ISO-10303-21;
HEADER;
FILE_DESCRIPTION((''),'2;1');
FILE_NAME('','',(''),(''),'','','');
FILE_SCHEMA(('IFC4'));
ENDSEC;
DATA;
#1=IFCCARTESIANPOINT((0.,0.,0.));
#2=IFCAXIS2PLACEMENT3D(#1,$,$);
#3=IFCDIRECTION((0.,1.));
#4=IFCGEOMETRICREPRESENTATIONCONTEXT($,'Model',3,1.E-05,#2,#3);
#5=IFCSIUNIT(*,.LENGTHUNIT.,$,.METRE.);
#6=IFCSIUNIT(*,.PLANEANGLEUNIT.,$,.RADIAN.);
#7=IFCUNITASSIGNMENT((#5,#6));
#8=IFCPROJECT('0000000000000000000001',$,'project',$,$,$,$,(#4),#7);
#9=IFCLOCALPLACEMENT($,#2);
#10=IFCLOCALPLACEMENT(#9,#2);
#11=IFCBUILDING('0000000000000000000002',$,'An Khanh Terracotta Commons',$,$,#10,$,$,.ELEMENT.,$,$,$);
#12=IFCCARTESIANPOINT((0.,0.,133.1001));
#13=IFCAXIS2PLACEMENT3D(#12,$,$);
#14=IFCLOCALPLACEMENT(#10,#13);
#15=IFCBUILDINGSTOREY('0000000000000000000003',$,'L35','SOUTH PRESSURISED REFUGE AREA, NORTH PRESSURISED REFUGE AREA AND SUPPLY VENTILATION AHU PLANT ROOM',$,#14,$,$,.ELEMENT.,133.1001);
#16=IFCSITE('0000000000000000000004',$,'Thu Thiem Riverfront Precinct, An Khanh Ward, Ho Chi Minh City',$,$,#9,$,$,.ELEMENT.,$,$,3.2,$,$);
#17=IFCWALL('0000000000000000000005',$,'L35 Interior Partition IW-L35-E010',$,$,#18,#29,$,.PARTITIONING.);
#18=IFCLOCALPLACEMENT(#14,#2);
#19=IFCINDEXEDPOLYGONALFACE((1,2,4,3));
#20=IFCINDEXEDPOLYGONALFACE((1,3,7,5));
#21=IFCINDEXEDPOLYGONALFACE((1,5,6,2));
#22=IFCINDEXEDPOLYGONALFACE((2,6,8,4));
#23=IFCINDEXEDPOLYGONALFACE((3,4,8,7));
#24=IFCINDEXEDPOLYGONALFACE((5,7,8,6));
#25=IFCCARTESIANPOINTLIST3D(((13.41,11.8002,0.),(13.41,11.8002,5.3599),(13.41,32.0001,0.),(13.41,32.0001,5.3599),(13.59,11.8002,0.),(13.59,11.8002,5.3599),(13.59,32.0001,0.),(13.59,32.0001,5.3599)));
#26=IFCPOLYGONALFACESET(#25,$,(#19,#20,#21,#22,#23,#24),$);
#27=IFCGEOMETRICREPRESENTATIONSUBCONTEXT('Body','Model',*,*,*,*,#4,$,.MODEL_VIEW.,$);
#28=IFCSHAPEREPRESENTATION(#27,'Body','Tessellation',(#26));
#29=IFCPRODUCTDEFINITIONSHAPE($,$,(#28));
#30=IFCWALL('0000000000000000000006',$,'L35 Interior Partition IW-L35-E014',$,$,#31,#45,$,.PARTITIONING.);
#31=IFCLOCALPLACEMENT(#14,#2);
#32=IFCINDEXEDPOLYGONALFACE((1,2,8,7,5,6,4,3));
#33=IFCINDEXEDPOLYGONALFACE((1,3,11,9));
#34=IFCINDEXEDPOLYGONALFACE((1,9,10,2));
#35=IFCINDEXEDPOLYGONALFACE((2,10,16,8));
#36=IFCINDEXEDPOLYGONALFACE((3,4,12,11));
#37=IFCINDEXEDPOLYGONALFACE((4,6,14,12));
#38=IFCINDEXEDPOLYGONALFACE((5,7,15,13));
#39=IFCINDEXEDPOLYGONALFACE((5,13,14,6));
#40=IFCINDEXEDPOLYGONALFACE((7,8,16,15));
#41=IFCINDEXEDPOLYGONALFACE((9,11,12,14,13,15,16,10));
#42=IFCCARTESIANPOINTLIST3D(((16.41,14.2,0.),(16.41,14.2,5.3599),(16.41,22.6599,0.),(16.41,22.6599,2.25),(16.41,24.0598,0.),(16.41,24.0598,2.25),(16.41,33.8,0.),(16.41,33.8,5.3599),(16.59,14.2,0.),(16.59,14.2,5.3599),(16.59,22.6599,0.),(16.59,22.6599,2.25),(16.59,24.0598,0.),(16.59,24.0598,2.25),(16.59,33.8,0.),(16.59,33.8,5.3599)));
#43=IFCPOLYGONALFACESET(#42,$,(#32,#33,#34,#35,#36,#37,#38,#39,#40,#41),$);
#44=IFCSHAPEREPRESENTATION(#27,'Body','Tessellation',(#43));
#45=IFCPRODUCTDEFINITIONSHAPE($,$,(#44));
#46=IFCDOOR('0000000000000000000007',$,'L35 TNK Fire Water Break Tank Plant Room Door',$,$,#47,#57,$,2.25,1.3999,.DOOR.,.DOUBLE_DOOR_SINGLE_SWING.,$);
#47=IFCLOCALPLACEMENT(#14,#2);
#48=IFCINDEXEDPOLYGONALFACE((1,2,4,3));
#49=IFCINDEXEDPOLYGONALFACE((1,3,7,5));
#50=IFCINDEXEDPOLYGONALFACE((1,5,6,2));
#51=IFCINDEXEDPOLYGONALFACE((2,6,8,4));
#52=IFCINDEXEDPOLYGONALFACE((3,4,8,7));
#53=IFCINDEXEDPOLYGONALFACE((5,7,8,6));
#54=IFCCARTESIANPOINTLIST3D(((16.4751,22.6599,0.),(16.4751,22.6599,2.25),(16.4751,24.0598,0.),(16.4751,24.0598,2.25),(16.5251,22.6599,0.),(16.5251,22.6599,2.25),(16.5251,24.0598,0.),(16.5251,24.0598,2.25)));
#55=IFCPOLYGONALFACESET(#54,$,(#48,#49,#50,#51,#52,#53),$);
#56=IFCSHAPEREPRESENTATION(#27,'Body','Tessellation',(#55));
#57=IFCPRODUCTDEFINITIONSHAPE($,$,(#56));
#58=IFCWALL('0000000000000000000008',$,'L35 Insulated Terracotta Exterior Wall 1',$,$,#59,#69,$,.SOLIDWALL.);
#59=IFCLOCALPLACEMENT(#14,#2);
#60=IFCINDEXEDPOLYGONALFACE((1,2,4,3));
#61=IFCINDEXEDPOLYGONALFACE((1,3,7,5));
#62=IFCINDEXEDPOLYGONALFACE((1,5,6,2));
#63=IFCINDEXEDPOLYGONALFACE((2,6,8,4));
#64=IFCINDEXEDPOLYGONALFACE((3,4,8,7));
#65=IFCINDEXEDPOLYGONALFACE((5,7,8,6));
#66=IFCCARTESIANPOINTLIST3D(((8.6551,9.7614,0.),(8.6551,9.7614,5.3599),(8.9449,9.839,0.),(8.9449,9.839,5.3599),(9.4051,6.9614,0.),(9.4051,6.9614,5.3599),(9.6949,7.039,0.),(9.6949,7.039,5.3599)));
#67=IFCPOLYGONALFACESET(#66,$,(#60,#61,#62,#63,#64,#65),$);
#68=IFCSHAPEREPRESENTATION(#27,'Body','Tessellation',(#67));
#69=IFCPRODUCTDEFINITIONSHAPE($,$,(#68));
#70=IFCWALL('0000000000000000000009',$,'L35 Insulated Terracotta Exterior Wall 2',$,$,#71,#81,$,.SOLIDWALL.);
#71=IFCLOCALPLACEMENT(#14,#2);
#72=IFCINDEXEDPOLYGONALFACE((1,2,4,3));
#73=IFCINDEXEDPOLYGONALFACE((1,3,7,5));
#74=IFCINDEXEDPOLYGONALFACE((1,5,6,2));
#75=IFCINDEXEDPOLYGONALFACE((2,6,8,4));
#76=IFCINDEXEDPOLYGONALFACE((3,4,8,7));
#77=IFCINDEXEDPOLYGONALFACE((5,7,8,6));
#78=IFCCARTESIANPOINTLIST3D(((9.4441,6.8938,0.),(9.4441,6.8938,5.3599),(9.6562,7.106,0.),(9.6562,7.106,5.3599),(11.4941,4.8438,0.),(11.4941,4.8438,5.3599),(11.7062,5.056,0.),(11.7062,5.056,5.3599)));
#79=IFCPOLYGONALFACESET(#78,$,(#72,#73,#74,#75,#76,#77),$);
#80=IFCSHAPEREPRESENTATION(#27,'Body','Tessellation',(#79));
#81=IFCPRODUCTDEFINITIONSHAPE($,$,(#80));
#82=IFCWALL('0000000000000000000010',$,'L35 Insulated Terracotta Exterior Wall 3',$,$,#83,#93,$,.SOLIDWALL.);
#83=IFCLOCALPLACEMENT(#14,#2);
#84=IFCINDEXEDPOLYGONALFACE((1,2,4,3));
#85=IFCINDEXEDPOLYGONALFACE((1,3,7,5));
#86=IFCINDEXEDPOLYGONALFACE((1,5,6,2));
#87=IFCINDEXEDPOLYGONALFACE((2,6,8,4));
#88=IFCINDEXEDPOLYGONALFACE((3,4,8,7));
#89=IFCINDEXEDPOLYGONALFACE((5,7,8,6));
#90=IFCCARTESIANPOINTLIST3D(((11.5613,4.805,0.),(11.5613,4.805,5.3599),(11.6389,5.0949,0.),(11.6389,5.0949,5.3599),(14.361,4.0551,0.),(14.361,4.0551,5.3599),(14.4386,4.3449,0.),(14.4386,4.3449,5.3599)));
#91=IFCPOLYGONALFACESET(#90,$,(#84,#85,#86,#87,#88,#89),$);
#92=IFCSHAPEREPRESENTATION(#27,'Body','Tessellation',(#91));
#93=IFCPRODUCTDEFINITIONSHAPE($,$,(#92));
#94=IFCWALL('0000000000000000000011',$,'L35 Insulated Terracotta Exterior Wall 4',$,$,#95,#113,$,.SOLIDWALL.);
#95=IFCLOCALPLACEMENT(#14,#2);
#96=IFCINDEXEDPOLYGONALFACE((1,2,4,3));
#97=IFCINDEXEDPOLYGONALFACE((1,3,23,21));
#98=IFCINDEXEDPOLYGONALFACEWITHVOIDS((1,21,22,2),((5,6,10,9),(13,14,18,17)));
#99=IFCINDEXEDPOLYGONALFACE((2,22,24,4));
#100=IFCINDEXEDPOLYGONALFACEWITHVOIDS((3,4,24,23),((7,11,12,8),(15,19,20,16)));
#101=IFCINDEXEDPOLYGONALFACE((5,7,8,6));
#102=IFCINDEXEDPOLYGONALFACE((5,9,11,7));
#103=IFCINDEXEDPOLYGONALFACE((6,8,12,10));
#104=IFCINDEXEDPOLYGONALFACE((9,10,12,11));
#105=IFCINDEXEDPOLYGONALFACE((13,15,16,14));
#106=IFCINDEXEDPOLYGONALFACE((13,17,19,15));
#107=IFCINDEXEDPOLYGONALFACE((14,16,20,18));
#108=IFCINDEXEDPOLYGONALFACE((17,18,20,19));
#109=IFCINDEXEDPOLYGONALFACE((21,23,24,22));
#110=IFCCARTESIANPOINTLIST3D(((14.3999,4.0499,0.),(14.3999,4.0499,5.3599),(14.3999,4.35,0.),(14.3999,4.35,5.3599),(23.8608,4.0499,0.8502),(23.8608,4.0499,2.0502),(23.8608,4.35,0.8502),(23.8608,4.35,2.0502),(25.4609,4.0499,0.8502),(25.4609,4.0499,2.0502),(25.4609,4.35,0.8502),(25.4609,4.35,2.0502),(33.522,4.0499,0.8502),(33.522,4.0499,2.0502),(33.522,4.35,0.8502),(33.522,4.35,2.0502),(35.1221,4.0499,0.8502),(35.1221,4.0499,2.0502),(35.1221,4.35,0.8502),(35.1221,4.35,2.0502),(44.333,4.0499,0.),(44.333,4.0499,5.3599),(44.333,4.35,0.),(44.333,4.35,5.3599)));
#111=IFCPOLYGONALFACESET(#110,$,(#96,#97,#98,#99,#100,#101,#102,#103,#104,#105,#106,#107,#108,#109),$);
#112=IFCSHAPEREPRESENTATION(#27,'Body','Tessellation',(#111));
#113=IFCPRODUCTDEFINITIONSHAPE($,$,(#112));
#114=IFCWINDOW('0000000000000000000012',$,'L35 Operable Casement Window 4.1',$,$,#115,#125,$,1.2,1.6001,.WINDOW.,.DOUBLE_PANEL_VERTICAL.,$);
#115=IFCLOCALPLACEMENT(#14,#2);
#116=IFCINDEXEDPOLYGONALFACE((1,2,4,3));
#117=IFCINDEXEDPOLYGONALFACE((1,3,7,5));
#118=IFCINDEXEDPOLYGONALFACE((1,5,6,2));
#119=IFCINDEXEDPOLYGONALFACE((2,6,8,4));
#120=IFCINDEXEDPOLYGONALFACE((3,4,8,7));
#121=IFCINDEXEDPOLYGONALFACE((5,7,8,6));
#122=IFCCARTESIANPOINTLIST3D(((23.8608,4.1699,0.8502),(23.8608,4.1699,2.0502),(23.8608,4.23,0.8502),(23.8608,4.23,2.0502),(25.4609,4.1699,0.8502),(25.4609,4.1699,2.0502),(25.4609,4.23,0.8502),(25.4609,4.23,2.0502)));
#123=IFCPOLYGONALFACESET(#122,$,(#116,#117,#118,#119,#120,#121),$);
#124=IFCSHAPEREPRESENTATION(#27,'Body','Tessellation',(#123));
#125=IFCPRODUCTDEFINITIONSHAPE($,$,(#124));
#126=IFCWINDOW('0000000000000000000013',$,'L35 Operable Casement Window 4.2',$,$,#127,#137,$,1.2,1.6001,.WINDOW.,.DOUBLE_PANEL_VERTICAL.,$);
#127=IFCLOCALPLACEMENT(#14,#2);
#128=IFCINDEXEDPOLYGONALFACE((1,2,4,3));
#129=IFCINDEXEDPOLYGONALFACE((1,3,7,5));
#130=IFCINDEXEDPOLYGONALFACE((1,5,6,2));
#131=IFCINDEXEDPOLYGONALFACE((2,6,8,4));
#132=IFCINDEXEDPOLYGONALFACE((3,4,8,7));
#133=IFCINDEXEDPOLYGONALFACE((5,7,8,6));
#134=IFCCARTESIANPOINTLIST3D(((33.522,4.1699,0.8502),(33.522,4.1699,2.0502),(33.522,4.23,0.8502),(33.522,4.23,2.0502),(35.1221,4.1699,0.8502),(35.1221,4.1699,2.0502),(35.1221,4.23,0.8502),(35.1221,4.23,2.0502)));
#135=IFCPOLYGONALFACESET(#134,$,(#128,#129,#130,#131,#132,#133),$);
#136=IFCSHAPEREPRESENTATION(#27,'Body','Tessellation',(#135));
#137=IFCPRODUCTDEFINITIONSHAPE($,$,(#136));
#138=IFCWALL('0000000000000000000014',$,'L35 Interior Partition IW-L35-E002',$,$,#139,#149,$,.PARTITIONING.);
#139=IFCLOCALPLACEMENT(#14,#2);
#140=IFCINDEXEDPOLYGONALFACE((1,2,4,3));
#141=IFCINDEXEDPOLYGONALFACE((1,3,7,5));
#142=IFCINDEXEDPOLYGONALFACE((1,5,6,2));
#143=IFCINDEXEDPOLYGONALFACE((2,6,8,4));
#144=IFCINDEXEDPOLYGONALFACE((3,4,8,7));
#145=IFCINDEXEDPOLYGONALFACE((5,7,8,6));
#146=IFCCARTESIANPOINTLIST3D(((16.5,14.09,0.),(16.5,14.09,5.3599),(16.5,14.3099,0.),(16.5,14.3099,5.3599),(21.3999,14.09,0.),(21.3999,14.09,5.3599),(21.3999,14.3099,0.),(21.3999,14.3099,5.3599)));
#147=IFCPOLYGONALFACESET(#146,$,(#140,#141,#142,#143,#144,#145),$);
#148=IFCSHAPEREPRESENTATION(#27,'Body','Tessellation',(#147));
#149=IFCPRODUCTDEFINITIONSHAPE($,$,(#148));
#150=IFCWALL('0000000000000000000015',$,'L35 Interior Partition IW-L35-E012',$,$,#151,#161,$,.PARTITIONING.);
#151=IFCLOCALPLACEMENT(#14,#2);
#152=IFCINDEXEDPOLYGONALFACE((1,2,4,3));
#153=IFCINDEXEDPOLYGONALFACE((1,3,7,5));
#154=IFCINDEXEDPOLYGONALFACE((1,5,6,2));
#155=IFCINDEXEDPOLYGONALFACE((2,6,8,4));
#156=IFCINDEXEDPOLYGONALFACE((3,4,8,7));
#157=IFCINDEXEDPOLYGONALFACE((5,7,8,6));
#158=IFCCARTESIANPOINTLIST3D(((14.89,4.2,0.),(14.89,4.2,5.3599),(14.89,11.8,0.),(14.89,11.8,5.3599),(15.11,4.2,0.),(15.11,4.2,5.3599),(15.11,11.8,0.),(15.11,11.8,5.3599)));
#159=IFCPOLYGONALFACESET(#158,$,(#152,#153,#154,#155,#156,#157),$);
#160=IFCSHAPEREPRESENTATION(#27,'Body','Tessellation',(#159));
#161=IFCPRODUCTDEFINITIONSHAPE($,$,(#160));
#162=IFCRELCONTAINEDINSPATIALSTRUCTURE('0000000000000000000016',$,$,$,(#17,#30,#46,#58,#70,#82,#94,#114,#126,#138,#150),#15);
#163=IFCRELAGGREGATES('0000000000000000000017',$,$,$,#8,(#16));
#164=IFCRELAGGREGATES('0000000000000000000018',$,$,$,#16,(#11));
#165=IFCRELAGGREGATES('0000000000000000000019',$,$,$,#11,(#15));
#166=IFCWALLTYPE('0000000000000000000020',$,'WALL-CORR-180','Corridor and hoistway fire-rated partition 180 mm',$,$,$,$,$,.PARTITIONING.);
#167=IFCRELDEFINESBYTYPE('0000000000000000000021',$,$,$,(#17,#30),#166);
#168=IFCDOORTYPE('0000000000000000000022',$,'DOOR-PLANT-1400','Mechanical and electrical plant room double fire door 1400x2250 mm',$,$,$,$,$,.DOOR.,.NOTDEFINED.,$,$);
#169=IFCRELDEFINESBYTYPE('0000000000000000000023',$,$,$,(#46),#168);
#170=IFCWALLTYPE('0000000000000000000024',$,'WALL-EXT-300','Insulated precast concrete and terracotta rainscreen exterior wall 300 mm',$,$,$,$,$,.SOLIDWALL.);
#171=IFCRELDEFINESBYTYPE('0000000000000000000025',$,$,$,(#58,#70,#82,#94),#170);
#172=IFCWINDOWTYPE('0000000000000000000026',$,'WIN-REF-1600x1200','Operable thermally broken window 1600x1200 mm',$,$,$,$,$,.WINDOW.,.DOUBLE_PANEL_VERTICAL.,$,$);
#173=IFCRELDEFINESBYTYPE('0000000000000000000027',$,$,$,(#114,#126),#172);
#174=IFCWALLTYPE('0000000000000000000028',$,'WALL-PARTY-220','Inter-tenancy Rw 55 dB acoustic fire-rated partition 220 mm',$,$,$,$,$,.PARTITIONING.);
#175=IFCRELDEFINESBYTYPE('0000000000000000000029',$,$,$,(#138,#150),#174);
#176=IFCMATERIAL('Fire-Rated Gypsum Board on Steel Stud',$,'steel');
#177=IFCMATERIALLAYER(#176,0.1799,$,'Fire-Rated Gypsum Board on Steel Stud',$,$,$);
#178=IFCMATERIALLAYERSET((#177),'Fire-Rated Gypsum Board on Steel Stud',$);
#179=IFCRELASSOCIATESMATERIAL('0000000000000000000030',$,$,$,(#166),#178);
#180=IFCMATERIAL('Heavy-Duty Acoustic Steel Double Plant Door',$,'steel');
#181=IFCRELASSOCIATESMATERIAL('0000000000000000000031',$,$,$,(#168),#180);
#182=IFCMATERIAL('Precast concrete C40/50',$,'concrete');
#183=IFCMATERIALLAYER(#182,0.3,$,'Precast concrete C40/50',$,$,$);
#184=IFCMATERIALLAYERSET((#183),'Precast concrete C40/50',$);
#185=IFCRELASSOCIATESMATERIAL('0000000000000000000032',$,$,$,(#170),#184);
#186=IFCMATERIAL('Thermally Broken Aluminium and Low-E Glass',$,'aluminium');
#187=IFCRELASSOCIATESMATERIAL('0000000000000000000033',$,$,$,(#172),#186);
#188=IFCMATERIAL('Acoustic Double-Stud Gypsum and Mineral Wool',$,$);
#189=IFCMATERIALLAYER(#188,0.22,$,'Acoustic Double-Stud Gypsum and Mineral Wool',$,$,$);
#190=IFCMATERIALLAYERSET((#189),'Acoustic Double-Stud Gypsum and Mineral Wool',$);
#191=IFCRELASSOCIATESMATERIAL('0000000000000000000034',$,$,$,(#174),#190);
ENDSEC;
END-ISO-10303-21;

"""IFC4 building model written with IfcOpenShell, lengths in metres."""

from ifc_helpers import new_model, si_unit, direction, frame, frame_2d, origin, place, context, subcontext, project, spatial, rectangle, extrude, material, layer, layer_set, type_object, element, fill, save


model = new_model("IFC4")

# Units and contexts
model_context = context("Model", 3, precision=1e-05, world=origin(), true_north=direction((0.0, 1.0)))
body_context = subcontext(model_context, "Body", "Model", "MODEL_VIEW")
ifc_project = project(units=[si_unit("LENGTHUNIT", "METRE"), si_unit("PLANEANGLEUNIT", "RADIAN")], contexts=[model_context])

# Site, building, storey
site_placement = place(None, origin())
site = spatial("IfcSite", under=ifc_project, at=site_placement, Name="Thu Thiem Riverfront Precinct, An Khanh Ward, Ho Chi Minh City", CompositionType="ELEMENT", RefElevation=3.2)
building_placement = place(site_placement, origin())
building = spatial("IfcBuilding", under=site, at=building_placement, Name="An Khanh Terracotta Commons", CompositionType="ELEMENT")
storey_placement = place(building_placement, frame((0.0, 0.0, 133.1001)))
storey = spatial("IfcBuildingStorey", under=building, at=storey_placement, Name="L35", Description="SOUTH PRESSURISED REFUGE AREA, NORTH PRESSURISED REFUGE AREA AND SUPPLY VENTILATION AHU PLANT ROOM", CompositionType="ELEMENT", Elevation=133.1001)

# Shared definitions
ifc_material_1 = material(Name="Precast concrete C40/50", Category="concrete")

# Shared definitions
ifc_material_2 = material(Name="Fire-Rated Gypsum Board on Steel Stud", Category="steel")
ifc_layer_1 = layer(ifc_material_2, 0.1799, Name="Fire-Rated Gypsum Board on Steel Stud")
ifc_layer_set_1 = layer_set([ifc_layer_1], Name="Fire-Rated Gypsum Board on Steel Stud")
wall_type_1 = type_object("IfcWallType", Name="WALL-CORR-180", Description="Corridor and hoistway fire-rated partition 180 mm", PredefinedType="PARTITIONING", material=ifc_layer_set_1)

# Shared definitions
ifc_material_3 = material(Name="Heavy-Duty Acoustic Steel Double Plant Door", Category="steel")
door_type = type_object("IfcDoorType", Name="DOOR-PLANT-1400", Description="Mechanical and electrical plant room double fire door 1400x2250 mm", OperationType="NOTDEFINED", PredefinedType="DOOR", material=ifc_material_3)

# Wall
wall_1_placement = place(storey_placement, frame((13.5, 11.8, 0.0), z_axis=(0.0, 0.0, 1.0), x_axis=(0.0, 1.0, 0.0)))
element("IfcWall", 1, at=wall_1_placement, inside=storey, type_object=wall_type_1, Name="L35 Interior Partition IW-L35-E010", PredefinedType="PARTITIONING", context=body_context, shape_type="SweptSolid", body=[
    extrude(rectangle(XDim=20.2, YDim=0.1799, at=frame_2d((10.1001, 0.0))), origin(), (0.0, 0.0, 1.0), 5.3599),
])

# Wall, opening, door
wall_2_placement = place(storey_placement, frame((16.5, 14.2, 0.0), z_axis=(0.0, 0.0, 1.0), x_axis=(0.0, 1.0, 0.0)))
wall_2 = element("IfcWall", 2, at=wall_2_placement, inside=storey, type_object=wall_type_1, Name="L35 Interior Partition IW-L35-E014", PredefinedType="PARTITIONING", context=body_context, shape_type="SweptSolid", body=[
    extrude(rectangle(XDim=19.6001, YDim=0.1799, at=frame_2d((9.8, 0.0))), origin(), (0.0, 0.0, 1.0), 5.3599),
])
opening_1_placement = place(wall_2_placement, frame((8.46, 0.0, 0.0)))
opening_1 = element("IfcOpeningElement", 3, at=opening_1_placement, cuts=wall_2, PredefinedType="OPENING", context=body_context, shape_type="SweptSolid", body=[
    extrude(rectangle(XDim=1.3999, YDim=2.25, at=frame_2d((0.7, 1.125))), frame((0.0, 0.0999, 0.0), z_axis=(0.0, -1.0, 0.0), x_axis=(1.0, 0.0, 0.0)), (0.0, 0.0, 1.0), 0.2),
])
door_1_placement = place(opening_1_placement, origin())
door_1 = element("IfcDoor", 4, at=door_1_placement, inside=storey, type_object=door_type, Name="L35 TNK Fire Water Break Tank Plant Room Door", OperationType="DOUBLE_DOOR_SINGLE_SWING", OverallHeight=2.25, OverallWidth=1.3999, PredefinedType="DOOR", context=body_context, shape_type="SweptSolid", body=[
    extrude(rectangle(XDim=1.3999, YDim=2.25, at=frame_2d((0.7, 1.125))), frame((0.0, 0.0249, 0.0), z_axis=(0.0, -1.0, 0.0), x_axis=(1.0, 0.0, 0.0)), (0.0, 0.0, 1.0), 0.05),
])
fill(opening_1, door_1)

# Walls
ifc_layer_2 = layer(ifc_material_1, 0.3, Name="Precast concrete C40/50")
ifc_layer_set_2 = layer_set([ifc_layer_2], Name="Precast concrete C40/50")
wall_type_2 = type_object("IfcWallType", Name="WALL-EXT-300", Description="Insulated precast concrete and terracotta rainscreen exterior wall 300 mm", PredefinedType="SOLIDWALL", material=ifc_layer_set_2)
wall_3_placement = place(storey_placement, frame((8.8, 9.8, 0.0), z_axis=(0.0, 0.0, 1.0), x_axis=(0.258732, -0.965949, 0.0)))
element("IfcWall", 5, at=wall_3_placement, inside=storey, type_object=wall_type_2, Name="L35 Insulated Terracotta Exterior Wall 1", PredefinedType="SOLIDWALL", context=body_context, shape_type="SweptSolid", body=[
    extrude(rectangle(XDim=2.8987, YDim=0.3, at=frame_2d((1.4492, 0.0))), origin(), (0.0, 0.0, 1.0), 5.3599),
])
wall_4_placement = place(storey_placement, frame((9.55, 7.0, 0.0), z_axis=(0.0, 0.0, 1.0), x_axis=(0.707107, -0.707107, 0.0)))
element("IfcWall", 6, at=wall_4_placement, inside=storey, type_object=wall_type_2, Name="L35 Insulated Terracotta Exterior Wall 2", PredefinedType="SOLIDWALL", context=body_context, shape_type="SweptSolid", body=[
    extrude(rectangle(XDim=2.8992, YDim=0.3, at=frame_2d((1.4497, 0.0))), origin(), (0.0, 0.0, 1.0), 5.3599),
])
wall_5_placement = place(storey_placement, frame((11.6001, 4.95, 0.0), z_axis=(0.0, 0.0, 1.0), x_axis=(0.965944, -0.258753, 0.0)))
element("IfcWall", 7, at=wall_5_placement, inside=storey, type_object=wall_type_2, Name="L35 Insulated Terracotta Exterior Wall 3", PredefinedType="SOLIDWALL", context=body_context, shape_type="SweptSolid", body=[
    extrude(rectangle(XDim=2.8984, YDim=0.3, at=frame_2d((1.4492, 0.0))), origin(), (0.0, 0.0, 1.0), 5.3599),
])

# Wall, openings, windows
wall_6_placement = place(storey_placement, frame((14.3999, 4.2, 0.0), z_axis=(0.0, 0.0, 1.0), x_axis=(1.0, 0.0, 0.0)))
wall_6 = element("IfcWall", 8, at=wall_6_placement, inside=storey, type_object=wall_type_2, Name="L35 Insulated Terracotta Exterior Wall 4", PredefinedType="SOLIDWALL", context=body_context, shape_type="SweptSolid", body=[
    extrude(rectangle(XDim=29.9331, YDim=0.3, at=frame_2d((14.9666, 0.0))), origin(), (0.0, 0.0, 1.0), 5.3599),
])
opening_2_placement = place(wall_6_placement, frame((9.4609, 0.0, 0.8501)))
opening_2 = element("IfcOpeningElement", 9, at=opening_2_placement, cuts=wall_6, PredefinedType="OPENING", context=body_context, shape_type="SweptSolid", body=[
    extrude(rectangle(XDim=1.6001, YDim=1.2, at=frame_2d((0.8, 0.6001))), frame((0.0, 0.1599, 0.0), z_axis=(0.0, -1.0, 0.0), x_axis=(1.0, 0.0, 0.0)), (0.0, 0.0, 1.0), 0.3201),
])
opening_3_placement = place(wall_6_placement, frame((19.1221, 0.0, 0.8501)))
opening_3 = element("IfcOpeningElement", 10, at=opening_3_placement, cuts=wall_6, PredefinedType="OPENING", context=body_context, shape_type="SweptSolid", body=[
    extrude(rectangle(XDim=1.6001, YDim=1.2, at=frame_2d((0.8, 0.6001))), frame((0.0, 0.1599, 0.0), z_axis=(0.0, -1.0, 0.0), x_axis=(1.0, 0.0, 0.0)), (0.0, 0.0, 1.0), 0.3201),
])
ifc_material_4 = material(Name="Thermally Broken Aluminium and Low-E Glass", Category="aluminium")
window_type = type_object("IfcWindowType", Name="WIN-REF-1600x1200", Description="Operable thermally broken window 1600x1200 mm", PartitioningType="DOUBLE_PANEL_VERTICAL", PredefinedType="WINDOW", material=ifc_material_4)
window_1_placement = place(opening_2_placement, origin())
window_1 = element("IfcWindow", 11, at=window_1_placement, inside=storey, type_object=window_type, Name="L35 Operable Casement Window 4.1", OverallHeight=1.2, OverallWidth=1.6001, PartitioningType="DOUBLE_PANEL_VERTICAL", PredefinedType="WINDOW", context=body_context, shape_type="SweptSolid", body=[
    extrude(rectangle(XDim=1.6001, YDim=1.2, at=frame_2d((0.8, 0.6001))), frame((0.0, 0.03, 0.0), z_axis=(0.0, -1.0, 0.0), x_axis=(1.0, 0.0, 0.0)), (0.0, 0.0, 1.0), 0.0601),
])
fill(opening_2, window_1)
window_2_placement = place(opening_3_placement, origin())
window_2 = element("IfcWindow", 12, at=window_2_placement, inside=storey, type_object=window_type, Name="L35 Operable Casement Window 4.2", OverallHeight=1.2, OverallWidth=1.6001, PartitioningType="DOUBLE_PANEL_VERTICAL", PredefinedType="WINDOW", context=body_context, shape_type="SweptSolid", body=[
    extrude(rectangle(XDim=1.6001, YDim=1.2, at=frame_2d((0.8, 0.6001))), frame((0.0, 0.03, 0.0), z_axis=(0.0, -1.0, 0.0), x_axis=(1.0, 0.0, 0.0)), (0.0, 0.0, 1.0), 0.0601),
])
fill(opening_3, window_2)

# Walls
ifc_material_5 = material(Name="Acoustic Double-Stud Gypsum and Mineral Wool")
ifc_layer_3 = layer(ifc_material_5, 0.22, Name="Acoustic Double-Stud Gypsum and Mineral Wool")
ifc_layer_set_3 = layer_set([ifc_layer_3], Name="Acoustic Double-Stud Gypsum and Mineral Wool")
wall_type_3 = type_object("IfcWallType", Name="WALL-PARTY-220", Description="Inter-tenancy Rw 55 dB acoustic fire-rated partition 220 mm", PredefinedType="PARTITIONING", material=ifc_layer_set_3)
wall_7_placement = place(storey_placement, frame((16.5, 14.2, 0.0), z_axis=(0.0, 0.0, 1.0), x_axis=(1.0, 0.0, 0.0)))
element("IfcWall", 13, at=wall_7_placement, inside=storey, type_object=wall_type_3, Name="L35 Interior Partition IW-L35-E002", PredefinedType="PARTITIONING", context=body_context, shape_type="SweptSolid", body=[
    extrude(rectangle(XDim=4.8999, YDim=0.22, at=frame_2d((2.45, 0.0))), origin(), (0.0, 0.0, 1.0), 5.3599),
])
wall_8_placement = place(storey_placement, frame((15.0, 4.2, 0.0), z_axis=(0.0, 0.0, 1.0), x_axis=(0.0, 1.0, 0.0)))
element("IfcWall", 14, at=wall_8_placement, inside=storey, type_object=wall_type_3, Name="L35 Interior Partition IW-L35-E012", PredefinedType="PARTITIONING", context=body_context, shape_type="SweptSolid", body=[
    extrude(rectangle(XDim=7.6001, YDim=0.22, at=frame_2d((3.8, 0.0))), origin(), (0.0, 0.0, 1.0), 5.3599),
])

save(model, "model.ifc")
